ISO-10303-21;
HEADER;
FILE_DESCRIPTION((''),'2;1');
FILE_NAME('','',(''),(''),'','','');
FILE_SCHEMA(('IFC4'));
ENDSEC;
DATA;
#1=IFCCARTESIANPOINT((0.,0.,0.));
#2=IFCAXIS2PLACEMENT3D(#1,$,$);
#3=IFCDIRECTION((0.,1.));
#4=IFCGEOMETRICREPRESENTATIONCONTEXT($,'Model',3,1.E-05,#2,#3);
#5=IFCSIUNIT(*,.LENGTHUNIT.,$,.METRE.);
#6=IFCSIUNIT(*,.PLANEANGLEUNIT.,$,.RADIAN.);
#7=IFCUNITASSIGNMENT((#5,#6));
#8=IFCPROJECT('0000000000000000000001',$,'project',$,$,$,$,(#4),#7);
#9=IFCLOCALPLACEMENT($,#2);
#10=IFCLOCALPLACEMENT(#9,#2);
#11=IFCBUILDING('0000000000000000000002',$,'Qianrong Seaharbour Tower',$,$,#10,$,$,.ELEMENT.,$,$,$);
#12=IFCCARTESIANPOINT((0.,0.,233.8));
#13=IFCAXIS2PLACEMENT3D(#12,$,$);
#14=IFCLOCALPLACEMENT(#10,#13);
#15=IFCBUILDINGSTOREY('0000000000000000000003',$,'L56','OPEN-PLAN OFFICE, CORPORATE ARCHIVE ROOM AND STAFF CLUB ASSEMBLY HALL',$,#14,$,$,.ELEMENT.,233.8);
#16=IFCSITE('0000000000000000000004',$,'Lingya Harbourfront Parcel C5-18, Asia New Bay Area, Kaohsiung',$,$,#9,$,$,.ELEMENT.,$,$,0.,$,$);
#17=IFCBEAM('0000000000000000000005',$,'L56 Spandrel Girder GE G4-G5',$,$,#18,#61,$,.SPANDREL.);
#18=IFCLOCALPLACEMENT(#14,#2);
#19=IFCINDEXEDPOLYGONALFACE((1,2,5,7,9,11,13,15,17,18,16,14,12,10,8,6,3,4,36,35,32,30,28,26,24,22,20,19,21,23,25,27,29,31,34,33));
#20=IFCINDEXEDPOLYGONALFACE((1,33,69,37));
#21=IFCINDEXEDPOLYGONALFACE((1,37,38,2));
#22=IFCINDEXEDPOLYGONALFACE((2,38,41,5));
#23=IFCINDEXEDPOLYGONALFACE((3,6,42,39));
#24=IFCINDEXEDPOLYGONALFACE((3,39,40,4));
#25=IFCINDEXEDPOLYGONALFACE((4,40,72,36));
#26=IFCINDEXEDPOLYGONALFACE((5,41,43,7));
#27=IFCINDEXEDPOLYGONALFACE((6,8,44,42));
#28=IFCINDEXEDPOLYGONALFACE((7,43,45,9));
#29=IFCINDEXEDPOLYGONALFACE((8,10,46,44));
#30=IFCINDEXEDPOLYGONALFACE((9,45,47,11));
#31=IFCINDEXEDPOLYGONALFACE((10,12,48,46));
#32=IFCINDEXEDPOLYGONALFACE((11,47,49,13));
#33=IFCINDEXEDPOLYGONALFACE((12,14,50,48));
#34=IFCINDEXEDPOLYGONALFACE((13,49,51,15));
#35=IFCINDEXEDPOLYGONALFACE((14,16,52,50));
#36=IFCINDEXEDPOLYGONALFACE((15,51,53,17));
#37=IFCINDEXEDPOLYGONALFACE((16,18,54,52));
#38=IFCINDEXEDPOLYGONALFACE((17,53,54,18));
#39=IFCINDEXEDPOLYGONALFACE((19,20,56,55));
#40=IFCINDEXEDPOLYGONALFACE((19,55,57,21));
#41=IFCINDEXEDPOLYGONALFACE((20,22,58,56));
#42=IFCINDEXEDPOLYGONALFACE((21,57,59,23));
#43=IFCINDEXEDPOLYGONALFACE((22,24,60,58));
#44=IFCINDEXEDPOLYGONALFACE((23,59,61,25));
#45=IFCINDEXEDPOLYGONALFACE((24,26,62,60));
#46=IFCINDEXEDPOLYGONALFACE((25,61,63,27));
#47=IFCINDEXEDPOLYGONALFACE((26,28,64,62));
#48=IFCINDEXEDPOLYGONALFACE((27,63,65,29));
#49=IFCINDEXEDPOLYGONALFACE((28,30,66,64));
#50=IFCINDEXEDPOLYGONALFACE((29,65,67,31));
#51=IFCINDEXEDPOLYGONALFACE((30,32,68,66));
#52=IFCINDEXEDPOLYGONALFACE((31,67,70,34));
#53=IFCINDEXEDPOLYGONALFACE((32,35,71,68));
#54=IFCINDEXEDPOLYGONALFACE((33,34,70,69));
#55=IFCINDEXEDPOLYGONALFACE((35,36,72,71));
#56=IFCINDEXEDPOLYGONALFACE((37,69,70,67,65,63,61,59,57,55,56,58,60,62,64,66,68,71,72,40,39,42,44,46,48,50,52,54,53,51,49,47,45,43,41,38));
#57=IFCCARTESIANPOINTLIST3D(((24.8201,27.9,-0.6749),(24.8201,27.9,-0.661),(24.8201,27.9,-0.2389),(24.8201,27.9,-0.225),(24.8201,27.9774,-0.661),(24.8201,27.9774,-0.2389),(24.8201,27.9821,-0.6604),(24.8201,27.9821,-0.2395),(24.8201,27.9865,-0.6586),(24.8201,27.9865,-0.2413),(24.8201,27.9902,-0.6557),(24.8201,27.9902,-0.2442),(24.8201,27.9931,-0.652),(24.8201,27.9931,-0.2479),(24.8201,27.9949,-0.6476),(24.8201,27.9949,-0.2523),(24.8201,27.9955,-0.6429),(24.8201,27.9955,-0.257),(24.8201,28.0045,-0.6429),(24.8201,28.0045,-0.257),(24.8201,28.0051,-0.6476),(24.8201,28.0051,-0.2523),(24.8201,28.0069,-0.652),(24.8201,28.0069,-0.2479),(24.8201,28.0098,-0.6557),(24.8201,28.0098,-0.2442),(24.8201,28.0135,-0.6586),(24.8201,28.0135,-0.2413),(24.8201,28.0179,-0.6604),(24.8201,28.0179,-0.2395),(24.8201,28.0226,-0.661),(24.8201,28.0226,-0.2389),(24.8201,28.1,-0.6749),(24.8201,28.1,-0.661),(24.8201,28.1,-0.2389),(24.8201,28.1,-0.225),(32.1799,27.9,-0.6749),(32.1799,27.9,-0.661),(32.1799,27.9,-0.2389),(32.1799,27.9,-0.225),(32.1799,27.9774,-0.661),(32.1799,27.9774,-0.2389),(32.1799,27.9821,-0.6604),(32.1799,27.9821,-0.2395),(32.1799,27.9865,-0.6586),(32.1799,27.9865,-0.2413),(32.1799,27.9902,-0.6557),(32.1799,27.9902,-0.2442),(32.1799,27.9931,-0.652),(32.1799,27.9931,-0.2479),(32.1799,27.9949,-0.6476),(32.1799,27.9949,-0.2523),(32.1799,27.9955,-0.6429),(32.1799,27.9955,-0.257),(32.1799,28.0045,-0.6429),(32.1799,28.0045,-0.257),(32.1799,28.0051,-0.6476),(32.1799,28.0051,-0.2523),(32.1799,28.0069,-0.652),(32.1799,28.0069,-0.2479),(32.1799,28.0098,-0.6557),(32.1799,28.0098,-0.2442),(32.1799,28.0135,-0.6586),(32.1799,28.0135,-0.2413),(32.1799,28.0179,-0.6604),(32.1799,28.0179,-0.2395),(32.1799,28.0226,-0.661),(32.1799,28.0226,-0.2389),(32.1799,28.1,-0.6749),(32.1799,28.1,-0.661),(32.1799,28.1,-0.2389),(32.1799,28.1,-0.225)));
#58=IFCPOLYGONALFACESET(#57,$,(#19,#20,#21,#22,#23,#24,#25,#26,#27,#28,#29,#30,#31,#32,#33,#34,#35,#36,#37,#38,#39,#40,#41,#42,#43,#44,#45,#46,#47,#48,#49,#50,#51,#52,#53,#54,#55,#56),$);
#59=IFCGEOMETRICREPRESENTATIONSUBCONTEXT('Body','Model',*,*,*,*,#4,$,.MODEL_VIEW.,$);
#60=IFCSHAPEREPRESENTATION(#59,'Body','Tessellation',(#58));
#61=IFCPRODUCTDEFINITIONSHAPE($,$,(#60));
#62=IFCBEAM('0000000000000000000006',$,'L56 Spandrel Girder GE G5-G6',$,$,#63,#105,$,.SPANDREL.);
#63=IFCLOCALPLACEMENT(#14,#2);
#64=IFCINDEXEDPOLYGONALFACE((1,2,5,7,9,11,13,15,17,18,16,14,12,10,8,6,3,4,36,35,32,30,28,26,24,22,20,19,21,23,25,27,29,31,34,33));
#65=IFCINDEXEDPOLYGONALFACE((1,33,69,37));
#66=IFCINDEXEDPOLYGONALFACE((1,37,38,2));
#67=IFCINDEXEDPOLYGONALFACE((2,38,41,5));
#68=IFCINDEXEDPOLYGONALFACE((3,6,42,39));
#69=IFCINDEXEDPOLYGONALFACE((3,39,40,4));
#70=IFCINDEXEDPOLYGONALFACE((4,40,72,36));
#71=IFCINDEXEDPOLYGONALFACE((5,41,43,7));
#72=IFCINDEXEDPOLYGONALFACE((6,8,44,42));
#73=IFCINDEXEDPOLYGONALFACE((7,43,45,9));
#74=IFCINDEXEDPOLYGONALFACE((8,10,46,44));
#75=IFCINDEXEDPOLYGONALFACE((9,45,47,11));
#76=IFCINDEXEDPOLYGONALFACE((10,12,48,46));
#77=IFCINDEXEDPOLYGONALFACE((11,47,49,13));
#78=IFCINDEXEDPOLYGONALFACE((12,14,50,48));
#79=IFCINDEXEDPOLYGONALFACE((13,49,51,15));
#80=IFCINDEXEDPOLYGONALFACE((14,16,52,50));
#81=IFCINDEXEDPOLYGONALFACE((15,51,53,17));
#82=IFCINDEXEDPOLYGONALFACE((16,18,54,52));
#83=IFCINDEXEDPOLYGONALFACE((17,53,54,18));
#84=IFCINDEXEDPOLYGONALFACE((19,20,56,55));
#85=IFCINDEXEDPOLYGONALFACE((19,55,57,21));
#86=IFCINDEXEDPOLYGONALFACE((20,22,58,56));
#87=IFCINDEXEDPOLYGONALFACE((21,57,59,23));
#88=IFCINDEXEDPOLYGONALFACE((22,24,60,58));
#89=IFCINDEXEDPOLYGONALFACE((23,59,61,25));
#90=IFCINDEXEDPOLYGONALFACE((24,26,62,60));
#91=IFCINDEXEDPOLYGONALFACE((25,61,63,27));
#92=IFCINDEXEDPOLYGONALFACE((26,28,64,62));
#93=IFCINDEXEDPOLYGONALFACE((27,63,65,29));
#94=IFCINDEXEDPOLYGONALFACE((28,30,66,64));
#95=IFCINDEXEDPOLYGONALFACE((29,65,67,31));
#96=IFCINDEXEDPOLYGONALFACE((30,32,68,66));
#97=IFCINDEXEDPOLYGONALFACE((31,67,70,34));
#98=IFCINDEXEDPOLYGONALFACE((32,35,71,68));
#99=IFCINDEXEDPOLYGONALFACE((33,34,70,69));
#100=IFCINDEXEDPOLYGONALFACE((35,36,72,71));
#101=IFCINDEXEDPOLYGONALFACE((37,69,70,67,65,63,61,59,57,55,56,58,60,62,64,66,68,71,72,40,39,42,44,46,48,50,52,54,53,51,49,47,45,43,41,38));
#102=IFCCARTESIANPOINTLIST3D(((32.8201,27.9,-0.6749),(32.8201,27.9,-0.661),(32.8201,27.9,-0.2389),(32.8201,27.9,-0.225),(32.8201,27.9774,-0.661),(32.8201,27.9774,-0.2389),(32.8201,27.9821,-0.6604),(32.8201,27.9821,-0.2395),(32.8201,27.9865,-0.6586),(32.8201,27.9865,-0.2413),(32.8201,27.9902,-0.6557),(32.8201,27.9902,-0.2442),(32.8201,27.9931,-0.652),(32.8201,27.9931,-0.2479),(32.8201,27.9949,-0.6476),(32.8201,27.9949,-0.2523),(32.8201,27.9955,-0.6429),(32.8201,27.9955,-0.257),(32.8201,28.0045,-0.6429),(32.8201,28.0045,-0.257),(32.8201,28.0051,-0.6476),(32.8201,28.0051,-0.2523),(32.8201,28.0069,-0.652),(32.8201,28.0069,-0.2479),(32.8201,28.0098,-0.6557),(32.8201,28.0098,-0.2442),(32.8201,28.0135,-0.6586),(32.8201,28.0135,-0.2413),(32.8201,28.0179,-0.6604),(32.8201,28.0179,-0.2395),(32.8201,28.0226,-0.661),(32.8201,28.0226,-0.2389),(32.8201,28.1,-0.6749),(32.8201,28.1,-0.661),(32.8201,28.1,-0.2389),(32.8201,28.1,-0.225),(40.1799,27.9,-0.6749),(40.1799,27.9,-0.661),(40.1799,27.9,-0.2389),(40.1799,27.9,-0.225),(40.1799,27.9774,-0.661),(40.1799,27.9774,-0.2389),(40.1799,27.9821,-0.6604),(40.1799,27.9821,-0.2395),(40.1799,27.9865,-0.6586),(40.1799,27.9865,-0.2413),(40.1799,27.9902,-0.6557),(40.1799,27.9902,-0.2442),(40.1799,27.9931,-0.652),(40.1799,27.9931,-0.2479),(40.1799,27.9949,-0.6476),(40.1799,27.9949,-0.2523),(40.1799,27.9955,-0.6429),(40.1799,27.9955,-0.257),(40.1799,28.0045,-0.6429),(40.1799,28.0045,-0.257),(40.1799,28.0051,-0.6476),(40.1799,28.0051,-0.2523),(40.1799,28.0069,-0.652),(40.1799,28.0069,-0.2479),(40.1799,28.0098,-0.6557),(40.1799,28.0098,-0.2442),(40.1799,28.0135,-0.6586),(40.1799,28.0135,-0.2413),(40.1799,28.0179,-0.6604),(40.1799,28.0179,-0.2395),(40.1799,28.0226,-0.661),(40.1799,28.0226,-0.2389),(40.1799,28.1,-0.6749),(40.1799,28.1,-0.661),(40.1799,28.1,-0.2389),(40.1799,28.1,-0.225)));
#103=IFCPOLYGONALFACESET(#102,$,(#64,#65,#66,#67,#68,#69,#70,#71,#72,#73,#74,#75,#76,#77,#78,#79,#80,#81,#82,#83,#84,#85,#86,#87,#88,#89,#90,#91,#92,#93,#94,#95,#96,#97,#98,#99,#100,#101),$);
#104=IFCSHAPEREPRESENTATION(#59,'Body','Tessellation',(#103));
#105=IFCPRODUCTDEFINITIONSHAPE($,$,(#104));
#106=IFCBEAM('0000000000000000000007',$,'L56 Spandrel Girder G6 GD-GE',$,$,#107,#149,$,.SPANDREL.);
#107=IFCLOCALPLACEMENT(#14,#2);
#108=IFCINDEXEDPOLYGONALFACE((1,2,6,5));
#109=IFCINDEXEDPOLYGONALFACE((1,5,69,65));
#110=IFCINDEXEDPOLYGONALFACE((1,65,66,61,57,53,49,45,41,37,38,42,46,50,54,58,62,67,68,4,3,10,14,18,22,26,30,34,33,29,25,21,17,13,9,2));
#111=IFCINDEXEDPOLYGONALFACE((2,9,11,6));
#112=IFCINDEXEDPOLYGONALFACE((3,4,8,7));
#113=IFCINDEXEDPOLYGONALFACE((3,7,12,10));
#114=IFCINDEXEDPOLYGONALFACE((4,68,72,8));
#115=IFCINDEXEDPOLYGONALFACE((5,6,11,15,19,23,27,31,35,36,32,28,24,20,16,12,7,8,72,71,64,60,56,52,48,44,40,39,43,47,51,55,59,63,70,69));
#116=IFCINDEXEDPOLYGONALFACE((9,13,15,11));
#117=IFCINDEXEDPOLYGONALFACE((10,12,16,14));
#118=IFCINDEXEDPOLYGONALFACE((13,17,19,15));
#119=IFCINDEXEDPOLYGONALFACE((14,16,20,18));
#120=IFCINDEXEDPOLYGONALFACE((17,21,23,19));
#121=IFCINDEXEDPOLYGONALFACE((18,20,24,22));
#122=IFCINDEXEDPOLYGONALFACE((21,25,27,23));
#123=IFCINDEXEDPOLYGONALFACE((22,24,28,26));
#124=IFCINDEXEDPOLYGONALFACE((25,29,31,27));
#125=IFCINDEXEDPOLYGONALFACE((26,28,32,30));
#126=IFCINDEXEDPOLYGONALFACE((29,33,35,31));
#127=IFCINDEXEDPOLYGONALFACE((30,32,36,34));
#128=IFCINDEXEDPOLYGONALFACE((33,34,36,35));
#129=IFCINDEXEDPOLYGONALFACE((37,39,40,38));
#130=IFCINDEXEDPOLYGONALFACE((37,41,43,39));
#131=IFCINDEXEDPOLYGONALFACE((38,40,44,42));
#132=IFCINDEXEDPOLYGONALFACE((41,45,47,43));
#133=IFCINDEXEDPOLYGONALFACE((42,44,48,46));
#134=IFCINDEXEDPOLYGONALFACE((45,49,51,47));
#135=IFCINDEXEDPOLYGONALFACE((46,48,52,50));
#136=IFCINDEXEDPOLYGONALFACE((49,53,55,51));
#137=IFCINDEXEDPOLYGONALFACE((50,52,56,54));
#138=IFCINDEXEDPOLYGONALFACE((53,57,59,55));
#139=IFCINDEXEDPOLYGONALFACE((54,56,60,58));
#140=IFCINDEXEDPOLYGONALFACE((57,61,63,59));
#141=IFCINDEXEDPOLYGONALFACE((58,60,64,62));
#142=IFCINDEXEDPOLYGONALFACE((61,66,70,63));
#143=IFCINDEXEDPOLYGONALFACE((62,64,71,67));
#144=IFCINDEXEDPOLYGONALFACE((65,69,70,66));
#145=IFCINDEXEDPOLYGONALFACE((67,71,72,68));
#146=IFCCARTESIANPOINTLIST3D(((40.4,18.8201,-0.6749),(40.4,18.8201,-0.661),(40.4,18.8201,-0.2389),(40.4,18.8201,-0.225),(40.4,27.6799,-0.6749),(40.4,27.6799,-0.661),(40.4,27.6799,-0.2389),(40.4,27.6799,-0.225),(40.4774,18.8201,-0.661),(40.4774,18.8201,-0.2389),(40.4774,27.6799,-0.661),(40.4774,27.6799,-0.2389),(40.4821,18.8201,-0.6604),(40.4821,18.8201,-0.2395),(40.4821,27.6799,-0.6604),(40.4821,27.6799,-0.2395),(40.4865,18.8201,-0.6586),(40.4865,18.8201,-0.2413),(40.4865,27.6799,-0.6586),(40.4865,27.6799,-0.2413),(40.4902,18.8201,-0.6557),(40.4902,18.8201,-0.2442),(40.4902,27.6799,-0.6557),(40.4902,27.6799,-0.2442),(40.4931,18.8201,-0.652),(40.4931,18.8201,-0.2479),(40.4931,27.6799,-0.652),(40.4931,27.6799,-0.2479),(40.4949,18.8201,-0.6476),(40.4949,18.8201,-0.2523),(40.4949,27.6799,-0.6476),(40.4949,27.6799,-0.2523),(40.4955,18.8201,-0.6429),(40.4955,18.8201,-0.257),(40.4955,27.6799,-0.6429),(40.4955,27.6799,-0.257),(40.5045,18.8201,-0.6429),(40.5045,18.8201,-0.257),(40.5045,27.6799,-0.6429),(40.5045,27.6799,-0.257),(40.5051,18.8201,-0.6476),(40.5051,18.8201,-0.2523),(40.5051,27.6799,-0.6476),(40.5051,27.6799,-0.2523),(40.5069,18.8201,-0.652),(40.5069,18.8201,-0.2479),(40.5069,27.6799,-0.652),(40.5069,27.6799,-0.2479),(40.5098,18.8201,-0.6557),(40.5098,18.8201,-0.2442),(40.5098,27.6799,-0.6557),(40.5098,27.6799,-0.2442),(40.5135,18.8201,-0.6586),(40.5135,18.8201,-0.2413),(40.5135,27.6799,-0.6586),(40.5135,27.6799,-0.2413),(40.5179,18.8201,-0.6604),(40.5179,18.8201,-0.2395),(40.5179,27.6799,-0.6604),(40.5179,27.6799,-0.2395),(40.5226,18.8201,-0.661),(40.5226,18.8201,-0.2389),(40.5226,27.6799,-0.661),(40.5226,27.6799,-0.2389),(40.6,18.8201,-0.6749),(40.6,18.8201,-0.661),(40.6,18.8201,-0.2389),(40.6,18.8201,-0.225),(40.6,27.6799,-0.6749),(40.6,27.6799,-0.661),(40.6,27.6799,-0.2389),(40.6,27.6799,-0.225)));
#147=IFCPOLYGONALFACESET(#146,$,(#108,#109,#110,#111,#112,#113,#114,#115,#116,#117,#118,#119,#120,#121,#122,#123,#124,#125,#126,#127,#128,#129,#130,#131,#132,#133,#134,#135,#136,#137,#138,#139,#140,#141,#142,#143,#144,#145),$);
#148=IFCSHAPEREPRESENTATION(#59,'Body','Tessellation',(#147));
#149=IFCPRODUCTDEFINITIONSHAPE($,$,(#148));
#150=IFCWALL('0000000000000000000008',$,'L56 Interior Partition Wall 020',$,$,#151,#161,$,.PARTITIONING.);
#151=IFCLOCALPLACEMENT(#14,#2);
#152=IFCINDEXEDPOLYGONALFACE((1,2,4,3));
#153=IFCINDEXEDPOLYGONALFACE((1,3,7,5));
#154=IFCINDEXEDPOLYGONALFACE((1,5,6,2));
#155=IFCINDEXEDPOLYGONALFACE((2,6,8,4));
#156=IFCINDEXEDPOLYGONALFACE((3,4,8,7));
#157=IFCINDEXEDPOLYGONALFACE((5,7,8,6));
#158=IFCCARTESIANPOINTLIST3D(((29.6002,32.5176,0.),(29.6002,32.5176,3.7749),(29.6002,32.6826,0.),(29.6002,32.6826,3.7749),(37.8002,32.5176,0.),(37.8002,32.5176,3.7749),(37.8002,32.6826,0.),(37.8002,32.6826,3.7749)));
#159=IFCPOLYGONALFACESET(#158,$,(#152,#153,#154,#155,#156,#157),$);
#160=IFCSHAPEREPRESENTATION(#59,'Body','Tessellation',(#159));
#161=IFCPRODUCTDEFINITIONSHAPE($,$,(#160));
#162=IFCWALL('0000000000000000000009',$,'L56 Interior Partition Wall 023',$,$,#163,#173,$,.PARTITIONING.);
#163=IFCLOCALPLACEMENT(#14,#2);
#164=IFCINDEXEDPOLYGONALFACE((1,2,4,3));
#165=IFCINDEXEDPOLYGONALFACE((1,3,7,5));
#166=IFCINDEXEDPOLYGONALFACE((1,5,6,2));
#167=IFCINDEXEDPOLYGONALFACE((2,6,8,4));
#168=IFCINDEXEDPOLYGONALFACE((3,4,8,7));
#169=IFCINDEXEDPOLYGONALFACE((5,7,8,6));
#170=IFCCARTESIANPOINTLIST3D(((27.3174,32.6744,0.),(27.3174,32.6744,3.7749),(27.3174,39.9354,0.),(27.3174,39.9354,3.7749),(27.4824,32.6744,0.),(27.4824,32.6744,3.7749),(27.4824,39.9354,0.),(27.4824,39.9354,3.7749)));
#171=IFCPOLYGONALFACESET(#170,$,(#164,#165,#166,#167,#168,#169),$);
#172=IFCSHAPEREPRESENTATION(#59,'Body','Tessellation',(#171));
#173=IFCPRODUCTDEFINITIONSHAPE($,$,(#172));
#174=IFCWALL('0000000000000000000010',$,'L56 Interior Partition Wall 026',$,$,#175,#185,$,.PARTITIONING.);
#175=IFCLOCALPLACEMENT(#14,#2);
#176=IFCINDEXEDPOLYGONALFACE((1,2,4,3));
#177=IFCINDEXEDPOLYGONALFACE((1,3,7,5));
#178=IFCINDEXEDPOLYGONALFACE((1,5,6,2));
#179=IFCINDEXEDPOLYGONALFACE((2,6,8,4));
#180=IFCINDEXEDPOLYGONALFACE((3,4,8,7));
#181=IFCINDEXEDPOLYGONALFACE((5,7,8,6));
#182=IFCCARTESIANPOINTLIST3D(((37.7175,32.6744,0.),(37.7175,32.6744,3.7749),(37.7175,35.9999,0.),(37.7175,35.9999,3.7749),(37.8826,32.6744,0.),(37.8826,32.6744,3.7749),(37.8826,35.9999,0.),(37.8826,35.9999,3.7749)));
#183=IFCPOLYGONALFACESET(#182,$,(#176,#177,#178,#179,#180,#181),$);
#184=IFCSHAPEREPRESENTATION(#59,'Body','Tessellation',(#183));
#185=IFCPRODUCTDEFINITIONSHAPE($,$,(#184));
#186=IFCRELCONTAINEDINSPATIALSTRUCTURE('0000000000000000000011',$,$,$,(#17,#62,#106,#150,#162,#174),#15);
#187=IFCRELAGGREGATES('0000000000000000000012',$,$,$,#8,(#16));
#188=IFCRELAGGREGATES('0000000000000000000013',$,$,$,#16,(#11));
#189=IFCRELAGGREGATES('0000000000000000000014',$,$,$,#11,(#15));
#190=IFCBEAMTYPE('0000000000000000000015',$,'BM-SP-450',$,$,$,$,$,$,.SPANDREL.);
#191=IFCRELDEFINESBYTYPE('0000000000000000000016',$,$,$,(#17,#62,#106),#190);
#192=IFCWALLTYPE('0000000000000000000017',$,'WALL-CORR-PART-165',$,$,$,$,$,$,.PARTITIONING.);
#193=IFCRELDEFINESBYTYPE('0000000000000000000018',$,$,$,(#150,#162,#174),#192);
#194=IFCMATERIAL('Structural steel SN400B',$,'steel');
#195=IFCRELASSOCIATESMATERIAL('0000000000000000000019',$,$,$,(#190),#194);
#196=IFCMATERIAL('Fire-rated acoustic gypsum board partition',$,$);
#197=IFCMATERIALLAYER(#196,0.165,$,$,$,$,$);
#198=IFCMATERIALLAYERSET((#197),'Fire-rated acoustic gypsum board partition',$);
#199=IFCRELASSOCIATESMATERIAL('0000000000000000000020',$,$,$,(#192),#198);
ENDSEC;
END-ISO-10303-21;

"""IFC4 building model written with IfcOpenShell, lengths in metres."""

from ifc_helpers import new_model, si_unit, direction, frame, frame_2d, origin, origin_2d, place, context, subcontext, project, spatial, rectangle, i_section, extrude, material, layer, layer_set, material_profile, profile_set, type_object, element, save


model = new_model("IFC4")

# Units and contexts
model_context = context("Model", 3, precision=1e-05, world=origin(), true_north=direction((0.0, 1.0)))
body_context = subcontext(model_context, "Body", "Model", "MODEL_VIEW")
ifc_project = project(units=[si_unit("LENGTHUNIT", "METRE"), si_unit("PLANEANGLEUNIT", "RADIAN")], contexts=[model_context])

# Site, building, storey
site_placement = place(None, origin())
site = spatial("IfcSite", under=ifc_project, at=site_placement, Name="Lingya Harbourfront Parcel C5-18, Asia New Bay Area, Kaohsiung", CompositionType="ELEMENT", RefElevation=0.0)
building_placement = place(site_placement, origin())
building = spatial("IfcBuilding", under=site, at=building_placement, Name="Qianrong Seaharbour Tower", CompositionType="ELEMENT")
storey_placement = place(building_placement, frame((0.0, 0.0, 233.8)))
storey = spatial("IfcBuildingStorey", under=building, at=storey_placement, Name="L56", Description="OPEN-PLAN OFFICE, CORPORATE ARCHIVE ROOM AND STAFF CLUB ASSEMBLY HALL", CompositionType="ELEMENT", Elevation=233.8)

# Beams
ifc_material_1 = material(Name="Structural steel SN400B", Category="steel")
ifc_material_profile_1 = material_profile(ifc_material_1, i_section(OverallWidth=0.2, OverallDepth=0.45, WebThickness=0.009, FlangeThickness=0.0139, FilletRadius=0.0181, at=origin_2d()), Name="H450x200x9x14")
ifc_profile_set_1 = profile_set([ifc_material_profile_1], Name="Structural steel SN400B")
beam_type_1 = type_object("IfcBeamType", Name="BM-SP-450", PredefinedType="SPANDREL", material=ifc_profile_set_1)
for number, where, z_axis, x_axis, name in (
    (1, (24.8201, 28.0, -0.45), (1.0, 0.0, 0.0), (0.0, 1.0, 0.0), "L56 Spandrel Girder GE G4-G5"),
    (2, (32.8201, 28.0, -0.45), (1.0, 0.0, 0.0), (0.0, 1.0, 0.0), "L56 Spandrel Girder GE G5-G6"),
):
    element("IfcBeam", number, at=place(storey_placement, frame(where, z_axis=z_axis, x_axis=x_axis)), inside=storey, type_object=beam_type_1, Name=name, PredefinedType="SPANDREL", context=body_context, shape_type="SweptSolid", body=[
        extrude(i_section(OverallWidth=0.2, OverallDepth=0.45, WebThickness=0.009, FlangeThickness=0.0139, FilletRadius=0.0181, at=origin_2d()), origin(), (0.0, 0.0, 1.0), 7.3599),
    ])
beam_1_placement = place(storey_placement, frame((40.5, 18.8201, -0.45), z_axis=(0.0, 1.0, 0.0), x_axis=(-1.0, 0.0, 0.0)))
element("IfcBeam", 3, at=beam_1_placement, inside=storey, type_object=beam_type_1, Name="L56 Spandrel Girder G6 GD-GE", PredefinedType="SPANDREL", context=body_context, shape_type="SweptSolid", body=[
    extrude(i_section(OverallWidth=0.2, OverallDepth=0.45, WebThickness=0.009, FlangeThickness=0.0139, FilletRadius=0.0181, at=origin_2d()), origin(), (0.0, 0.0, 1.0), 8.8599),
])

# Walls
ifc_material_2 = material(Name="Fire-rated acoustic gypsum board partition")
ifc_layer_1 = layer(ifc_material_2, 0.165)
ifc_layer_set_1 = layer_set([ifc_layer_1], Name="Fire-rated acoustic gypsum board partition")
wall_type_1 = type_object("IfcWallType", Name="WALL-CORR-PART-165", PredefinedType="PARTITIONING", material=ifc_layer_set_1)
wall_1_placement = place(storey_placement, frame((29.6001, 32.6001, 0.0), z_axis=(0.0, 0.0, 1.0), x_axis=(1.0, 0.0, 0.0)))
element("IfcWall", 4, at=wall_1_placement, inside=storey, type_object=wall_type_1, Name="L56 Interior Partition Wall 020", PredefinedType="PARTITIONING", context=body_context, shape_type="SweptSolid", body=[
    extrude(rectangle(XDim=8.2, YDim=0.165, at=frame_2d((4.1001, 0.0))), origin(), (0.0, 0.0, 1.0), 3.7749),
])
wall_2_placement = place(storey_placement, frame((27.3999, 32.6746, 0.0), z_axis=(0.0, 0.0, 1.0), x_axis=(0.0, 1.0, 0.0)))
element("IfcWall", 5, at=wall_2_placement, inside=storey, type_object=wall_type_1, Name="L56 Interior Partition Wall 023", PredefinedType="PARTITIONING", context=body_context, shape_type="SweptSolid", body=[
    extrude(rectangle(XDim=7.261, YDim=0.165, at=frame_2d((3.6304, 0.0))), origin(), (0.0, 0.0, 1.0), 3.7749),
])
wall_3_placement = place(storey_placement, frame((37.8, 32.6746, 0.0), z_axis=(0.0, 0.0, 1.0), x_axis=(0.0, 1.0, 0.0)))
element("IfcWall", 6, at=wall_3_placement, inside=storey, type_object=wall_type_1, Name="L56 Interior Partition Wall 026", PredefinedType="PARTITIONING", context=body_context, shape_type="SweptSolid", body=[
    extrude(rectangle(XDim=3.3254, YDim=0.165, at=frame_2d((1.6626, 0.0))), origin(), (0.0, 0.0, 1.0), 3.7749),
])

save(model, "model.ifc")
